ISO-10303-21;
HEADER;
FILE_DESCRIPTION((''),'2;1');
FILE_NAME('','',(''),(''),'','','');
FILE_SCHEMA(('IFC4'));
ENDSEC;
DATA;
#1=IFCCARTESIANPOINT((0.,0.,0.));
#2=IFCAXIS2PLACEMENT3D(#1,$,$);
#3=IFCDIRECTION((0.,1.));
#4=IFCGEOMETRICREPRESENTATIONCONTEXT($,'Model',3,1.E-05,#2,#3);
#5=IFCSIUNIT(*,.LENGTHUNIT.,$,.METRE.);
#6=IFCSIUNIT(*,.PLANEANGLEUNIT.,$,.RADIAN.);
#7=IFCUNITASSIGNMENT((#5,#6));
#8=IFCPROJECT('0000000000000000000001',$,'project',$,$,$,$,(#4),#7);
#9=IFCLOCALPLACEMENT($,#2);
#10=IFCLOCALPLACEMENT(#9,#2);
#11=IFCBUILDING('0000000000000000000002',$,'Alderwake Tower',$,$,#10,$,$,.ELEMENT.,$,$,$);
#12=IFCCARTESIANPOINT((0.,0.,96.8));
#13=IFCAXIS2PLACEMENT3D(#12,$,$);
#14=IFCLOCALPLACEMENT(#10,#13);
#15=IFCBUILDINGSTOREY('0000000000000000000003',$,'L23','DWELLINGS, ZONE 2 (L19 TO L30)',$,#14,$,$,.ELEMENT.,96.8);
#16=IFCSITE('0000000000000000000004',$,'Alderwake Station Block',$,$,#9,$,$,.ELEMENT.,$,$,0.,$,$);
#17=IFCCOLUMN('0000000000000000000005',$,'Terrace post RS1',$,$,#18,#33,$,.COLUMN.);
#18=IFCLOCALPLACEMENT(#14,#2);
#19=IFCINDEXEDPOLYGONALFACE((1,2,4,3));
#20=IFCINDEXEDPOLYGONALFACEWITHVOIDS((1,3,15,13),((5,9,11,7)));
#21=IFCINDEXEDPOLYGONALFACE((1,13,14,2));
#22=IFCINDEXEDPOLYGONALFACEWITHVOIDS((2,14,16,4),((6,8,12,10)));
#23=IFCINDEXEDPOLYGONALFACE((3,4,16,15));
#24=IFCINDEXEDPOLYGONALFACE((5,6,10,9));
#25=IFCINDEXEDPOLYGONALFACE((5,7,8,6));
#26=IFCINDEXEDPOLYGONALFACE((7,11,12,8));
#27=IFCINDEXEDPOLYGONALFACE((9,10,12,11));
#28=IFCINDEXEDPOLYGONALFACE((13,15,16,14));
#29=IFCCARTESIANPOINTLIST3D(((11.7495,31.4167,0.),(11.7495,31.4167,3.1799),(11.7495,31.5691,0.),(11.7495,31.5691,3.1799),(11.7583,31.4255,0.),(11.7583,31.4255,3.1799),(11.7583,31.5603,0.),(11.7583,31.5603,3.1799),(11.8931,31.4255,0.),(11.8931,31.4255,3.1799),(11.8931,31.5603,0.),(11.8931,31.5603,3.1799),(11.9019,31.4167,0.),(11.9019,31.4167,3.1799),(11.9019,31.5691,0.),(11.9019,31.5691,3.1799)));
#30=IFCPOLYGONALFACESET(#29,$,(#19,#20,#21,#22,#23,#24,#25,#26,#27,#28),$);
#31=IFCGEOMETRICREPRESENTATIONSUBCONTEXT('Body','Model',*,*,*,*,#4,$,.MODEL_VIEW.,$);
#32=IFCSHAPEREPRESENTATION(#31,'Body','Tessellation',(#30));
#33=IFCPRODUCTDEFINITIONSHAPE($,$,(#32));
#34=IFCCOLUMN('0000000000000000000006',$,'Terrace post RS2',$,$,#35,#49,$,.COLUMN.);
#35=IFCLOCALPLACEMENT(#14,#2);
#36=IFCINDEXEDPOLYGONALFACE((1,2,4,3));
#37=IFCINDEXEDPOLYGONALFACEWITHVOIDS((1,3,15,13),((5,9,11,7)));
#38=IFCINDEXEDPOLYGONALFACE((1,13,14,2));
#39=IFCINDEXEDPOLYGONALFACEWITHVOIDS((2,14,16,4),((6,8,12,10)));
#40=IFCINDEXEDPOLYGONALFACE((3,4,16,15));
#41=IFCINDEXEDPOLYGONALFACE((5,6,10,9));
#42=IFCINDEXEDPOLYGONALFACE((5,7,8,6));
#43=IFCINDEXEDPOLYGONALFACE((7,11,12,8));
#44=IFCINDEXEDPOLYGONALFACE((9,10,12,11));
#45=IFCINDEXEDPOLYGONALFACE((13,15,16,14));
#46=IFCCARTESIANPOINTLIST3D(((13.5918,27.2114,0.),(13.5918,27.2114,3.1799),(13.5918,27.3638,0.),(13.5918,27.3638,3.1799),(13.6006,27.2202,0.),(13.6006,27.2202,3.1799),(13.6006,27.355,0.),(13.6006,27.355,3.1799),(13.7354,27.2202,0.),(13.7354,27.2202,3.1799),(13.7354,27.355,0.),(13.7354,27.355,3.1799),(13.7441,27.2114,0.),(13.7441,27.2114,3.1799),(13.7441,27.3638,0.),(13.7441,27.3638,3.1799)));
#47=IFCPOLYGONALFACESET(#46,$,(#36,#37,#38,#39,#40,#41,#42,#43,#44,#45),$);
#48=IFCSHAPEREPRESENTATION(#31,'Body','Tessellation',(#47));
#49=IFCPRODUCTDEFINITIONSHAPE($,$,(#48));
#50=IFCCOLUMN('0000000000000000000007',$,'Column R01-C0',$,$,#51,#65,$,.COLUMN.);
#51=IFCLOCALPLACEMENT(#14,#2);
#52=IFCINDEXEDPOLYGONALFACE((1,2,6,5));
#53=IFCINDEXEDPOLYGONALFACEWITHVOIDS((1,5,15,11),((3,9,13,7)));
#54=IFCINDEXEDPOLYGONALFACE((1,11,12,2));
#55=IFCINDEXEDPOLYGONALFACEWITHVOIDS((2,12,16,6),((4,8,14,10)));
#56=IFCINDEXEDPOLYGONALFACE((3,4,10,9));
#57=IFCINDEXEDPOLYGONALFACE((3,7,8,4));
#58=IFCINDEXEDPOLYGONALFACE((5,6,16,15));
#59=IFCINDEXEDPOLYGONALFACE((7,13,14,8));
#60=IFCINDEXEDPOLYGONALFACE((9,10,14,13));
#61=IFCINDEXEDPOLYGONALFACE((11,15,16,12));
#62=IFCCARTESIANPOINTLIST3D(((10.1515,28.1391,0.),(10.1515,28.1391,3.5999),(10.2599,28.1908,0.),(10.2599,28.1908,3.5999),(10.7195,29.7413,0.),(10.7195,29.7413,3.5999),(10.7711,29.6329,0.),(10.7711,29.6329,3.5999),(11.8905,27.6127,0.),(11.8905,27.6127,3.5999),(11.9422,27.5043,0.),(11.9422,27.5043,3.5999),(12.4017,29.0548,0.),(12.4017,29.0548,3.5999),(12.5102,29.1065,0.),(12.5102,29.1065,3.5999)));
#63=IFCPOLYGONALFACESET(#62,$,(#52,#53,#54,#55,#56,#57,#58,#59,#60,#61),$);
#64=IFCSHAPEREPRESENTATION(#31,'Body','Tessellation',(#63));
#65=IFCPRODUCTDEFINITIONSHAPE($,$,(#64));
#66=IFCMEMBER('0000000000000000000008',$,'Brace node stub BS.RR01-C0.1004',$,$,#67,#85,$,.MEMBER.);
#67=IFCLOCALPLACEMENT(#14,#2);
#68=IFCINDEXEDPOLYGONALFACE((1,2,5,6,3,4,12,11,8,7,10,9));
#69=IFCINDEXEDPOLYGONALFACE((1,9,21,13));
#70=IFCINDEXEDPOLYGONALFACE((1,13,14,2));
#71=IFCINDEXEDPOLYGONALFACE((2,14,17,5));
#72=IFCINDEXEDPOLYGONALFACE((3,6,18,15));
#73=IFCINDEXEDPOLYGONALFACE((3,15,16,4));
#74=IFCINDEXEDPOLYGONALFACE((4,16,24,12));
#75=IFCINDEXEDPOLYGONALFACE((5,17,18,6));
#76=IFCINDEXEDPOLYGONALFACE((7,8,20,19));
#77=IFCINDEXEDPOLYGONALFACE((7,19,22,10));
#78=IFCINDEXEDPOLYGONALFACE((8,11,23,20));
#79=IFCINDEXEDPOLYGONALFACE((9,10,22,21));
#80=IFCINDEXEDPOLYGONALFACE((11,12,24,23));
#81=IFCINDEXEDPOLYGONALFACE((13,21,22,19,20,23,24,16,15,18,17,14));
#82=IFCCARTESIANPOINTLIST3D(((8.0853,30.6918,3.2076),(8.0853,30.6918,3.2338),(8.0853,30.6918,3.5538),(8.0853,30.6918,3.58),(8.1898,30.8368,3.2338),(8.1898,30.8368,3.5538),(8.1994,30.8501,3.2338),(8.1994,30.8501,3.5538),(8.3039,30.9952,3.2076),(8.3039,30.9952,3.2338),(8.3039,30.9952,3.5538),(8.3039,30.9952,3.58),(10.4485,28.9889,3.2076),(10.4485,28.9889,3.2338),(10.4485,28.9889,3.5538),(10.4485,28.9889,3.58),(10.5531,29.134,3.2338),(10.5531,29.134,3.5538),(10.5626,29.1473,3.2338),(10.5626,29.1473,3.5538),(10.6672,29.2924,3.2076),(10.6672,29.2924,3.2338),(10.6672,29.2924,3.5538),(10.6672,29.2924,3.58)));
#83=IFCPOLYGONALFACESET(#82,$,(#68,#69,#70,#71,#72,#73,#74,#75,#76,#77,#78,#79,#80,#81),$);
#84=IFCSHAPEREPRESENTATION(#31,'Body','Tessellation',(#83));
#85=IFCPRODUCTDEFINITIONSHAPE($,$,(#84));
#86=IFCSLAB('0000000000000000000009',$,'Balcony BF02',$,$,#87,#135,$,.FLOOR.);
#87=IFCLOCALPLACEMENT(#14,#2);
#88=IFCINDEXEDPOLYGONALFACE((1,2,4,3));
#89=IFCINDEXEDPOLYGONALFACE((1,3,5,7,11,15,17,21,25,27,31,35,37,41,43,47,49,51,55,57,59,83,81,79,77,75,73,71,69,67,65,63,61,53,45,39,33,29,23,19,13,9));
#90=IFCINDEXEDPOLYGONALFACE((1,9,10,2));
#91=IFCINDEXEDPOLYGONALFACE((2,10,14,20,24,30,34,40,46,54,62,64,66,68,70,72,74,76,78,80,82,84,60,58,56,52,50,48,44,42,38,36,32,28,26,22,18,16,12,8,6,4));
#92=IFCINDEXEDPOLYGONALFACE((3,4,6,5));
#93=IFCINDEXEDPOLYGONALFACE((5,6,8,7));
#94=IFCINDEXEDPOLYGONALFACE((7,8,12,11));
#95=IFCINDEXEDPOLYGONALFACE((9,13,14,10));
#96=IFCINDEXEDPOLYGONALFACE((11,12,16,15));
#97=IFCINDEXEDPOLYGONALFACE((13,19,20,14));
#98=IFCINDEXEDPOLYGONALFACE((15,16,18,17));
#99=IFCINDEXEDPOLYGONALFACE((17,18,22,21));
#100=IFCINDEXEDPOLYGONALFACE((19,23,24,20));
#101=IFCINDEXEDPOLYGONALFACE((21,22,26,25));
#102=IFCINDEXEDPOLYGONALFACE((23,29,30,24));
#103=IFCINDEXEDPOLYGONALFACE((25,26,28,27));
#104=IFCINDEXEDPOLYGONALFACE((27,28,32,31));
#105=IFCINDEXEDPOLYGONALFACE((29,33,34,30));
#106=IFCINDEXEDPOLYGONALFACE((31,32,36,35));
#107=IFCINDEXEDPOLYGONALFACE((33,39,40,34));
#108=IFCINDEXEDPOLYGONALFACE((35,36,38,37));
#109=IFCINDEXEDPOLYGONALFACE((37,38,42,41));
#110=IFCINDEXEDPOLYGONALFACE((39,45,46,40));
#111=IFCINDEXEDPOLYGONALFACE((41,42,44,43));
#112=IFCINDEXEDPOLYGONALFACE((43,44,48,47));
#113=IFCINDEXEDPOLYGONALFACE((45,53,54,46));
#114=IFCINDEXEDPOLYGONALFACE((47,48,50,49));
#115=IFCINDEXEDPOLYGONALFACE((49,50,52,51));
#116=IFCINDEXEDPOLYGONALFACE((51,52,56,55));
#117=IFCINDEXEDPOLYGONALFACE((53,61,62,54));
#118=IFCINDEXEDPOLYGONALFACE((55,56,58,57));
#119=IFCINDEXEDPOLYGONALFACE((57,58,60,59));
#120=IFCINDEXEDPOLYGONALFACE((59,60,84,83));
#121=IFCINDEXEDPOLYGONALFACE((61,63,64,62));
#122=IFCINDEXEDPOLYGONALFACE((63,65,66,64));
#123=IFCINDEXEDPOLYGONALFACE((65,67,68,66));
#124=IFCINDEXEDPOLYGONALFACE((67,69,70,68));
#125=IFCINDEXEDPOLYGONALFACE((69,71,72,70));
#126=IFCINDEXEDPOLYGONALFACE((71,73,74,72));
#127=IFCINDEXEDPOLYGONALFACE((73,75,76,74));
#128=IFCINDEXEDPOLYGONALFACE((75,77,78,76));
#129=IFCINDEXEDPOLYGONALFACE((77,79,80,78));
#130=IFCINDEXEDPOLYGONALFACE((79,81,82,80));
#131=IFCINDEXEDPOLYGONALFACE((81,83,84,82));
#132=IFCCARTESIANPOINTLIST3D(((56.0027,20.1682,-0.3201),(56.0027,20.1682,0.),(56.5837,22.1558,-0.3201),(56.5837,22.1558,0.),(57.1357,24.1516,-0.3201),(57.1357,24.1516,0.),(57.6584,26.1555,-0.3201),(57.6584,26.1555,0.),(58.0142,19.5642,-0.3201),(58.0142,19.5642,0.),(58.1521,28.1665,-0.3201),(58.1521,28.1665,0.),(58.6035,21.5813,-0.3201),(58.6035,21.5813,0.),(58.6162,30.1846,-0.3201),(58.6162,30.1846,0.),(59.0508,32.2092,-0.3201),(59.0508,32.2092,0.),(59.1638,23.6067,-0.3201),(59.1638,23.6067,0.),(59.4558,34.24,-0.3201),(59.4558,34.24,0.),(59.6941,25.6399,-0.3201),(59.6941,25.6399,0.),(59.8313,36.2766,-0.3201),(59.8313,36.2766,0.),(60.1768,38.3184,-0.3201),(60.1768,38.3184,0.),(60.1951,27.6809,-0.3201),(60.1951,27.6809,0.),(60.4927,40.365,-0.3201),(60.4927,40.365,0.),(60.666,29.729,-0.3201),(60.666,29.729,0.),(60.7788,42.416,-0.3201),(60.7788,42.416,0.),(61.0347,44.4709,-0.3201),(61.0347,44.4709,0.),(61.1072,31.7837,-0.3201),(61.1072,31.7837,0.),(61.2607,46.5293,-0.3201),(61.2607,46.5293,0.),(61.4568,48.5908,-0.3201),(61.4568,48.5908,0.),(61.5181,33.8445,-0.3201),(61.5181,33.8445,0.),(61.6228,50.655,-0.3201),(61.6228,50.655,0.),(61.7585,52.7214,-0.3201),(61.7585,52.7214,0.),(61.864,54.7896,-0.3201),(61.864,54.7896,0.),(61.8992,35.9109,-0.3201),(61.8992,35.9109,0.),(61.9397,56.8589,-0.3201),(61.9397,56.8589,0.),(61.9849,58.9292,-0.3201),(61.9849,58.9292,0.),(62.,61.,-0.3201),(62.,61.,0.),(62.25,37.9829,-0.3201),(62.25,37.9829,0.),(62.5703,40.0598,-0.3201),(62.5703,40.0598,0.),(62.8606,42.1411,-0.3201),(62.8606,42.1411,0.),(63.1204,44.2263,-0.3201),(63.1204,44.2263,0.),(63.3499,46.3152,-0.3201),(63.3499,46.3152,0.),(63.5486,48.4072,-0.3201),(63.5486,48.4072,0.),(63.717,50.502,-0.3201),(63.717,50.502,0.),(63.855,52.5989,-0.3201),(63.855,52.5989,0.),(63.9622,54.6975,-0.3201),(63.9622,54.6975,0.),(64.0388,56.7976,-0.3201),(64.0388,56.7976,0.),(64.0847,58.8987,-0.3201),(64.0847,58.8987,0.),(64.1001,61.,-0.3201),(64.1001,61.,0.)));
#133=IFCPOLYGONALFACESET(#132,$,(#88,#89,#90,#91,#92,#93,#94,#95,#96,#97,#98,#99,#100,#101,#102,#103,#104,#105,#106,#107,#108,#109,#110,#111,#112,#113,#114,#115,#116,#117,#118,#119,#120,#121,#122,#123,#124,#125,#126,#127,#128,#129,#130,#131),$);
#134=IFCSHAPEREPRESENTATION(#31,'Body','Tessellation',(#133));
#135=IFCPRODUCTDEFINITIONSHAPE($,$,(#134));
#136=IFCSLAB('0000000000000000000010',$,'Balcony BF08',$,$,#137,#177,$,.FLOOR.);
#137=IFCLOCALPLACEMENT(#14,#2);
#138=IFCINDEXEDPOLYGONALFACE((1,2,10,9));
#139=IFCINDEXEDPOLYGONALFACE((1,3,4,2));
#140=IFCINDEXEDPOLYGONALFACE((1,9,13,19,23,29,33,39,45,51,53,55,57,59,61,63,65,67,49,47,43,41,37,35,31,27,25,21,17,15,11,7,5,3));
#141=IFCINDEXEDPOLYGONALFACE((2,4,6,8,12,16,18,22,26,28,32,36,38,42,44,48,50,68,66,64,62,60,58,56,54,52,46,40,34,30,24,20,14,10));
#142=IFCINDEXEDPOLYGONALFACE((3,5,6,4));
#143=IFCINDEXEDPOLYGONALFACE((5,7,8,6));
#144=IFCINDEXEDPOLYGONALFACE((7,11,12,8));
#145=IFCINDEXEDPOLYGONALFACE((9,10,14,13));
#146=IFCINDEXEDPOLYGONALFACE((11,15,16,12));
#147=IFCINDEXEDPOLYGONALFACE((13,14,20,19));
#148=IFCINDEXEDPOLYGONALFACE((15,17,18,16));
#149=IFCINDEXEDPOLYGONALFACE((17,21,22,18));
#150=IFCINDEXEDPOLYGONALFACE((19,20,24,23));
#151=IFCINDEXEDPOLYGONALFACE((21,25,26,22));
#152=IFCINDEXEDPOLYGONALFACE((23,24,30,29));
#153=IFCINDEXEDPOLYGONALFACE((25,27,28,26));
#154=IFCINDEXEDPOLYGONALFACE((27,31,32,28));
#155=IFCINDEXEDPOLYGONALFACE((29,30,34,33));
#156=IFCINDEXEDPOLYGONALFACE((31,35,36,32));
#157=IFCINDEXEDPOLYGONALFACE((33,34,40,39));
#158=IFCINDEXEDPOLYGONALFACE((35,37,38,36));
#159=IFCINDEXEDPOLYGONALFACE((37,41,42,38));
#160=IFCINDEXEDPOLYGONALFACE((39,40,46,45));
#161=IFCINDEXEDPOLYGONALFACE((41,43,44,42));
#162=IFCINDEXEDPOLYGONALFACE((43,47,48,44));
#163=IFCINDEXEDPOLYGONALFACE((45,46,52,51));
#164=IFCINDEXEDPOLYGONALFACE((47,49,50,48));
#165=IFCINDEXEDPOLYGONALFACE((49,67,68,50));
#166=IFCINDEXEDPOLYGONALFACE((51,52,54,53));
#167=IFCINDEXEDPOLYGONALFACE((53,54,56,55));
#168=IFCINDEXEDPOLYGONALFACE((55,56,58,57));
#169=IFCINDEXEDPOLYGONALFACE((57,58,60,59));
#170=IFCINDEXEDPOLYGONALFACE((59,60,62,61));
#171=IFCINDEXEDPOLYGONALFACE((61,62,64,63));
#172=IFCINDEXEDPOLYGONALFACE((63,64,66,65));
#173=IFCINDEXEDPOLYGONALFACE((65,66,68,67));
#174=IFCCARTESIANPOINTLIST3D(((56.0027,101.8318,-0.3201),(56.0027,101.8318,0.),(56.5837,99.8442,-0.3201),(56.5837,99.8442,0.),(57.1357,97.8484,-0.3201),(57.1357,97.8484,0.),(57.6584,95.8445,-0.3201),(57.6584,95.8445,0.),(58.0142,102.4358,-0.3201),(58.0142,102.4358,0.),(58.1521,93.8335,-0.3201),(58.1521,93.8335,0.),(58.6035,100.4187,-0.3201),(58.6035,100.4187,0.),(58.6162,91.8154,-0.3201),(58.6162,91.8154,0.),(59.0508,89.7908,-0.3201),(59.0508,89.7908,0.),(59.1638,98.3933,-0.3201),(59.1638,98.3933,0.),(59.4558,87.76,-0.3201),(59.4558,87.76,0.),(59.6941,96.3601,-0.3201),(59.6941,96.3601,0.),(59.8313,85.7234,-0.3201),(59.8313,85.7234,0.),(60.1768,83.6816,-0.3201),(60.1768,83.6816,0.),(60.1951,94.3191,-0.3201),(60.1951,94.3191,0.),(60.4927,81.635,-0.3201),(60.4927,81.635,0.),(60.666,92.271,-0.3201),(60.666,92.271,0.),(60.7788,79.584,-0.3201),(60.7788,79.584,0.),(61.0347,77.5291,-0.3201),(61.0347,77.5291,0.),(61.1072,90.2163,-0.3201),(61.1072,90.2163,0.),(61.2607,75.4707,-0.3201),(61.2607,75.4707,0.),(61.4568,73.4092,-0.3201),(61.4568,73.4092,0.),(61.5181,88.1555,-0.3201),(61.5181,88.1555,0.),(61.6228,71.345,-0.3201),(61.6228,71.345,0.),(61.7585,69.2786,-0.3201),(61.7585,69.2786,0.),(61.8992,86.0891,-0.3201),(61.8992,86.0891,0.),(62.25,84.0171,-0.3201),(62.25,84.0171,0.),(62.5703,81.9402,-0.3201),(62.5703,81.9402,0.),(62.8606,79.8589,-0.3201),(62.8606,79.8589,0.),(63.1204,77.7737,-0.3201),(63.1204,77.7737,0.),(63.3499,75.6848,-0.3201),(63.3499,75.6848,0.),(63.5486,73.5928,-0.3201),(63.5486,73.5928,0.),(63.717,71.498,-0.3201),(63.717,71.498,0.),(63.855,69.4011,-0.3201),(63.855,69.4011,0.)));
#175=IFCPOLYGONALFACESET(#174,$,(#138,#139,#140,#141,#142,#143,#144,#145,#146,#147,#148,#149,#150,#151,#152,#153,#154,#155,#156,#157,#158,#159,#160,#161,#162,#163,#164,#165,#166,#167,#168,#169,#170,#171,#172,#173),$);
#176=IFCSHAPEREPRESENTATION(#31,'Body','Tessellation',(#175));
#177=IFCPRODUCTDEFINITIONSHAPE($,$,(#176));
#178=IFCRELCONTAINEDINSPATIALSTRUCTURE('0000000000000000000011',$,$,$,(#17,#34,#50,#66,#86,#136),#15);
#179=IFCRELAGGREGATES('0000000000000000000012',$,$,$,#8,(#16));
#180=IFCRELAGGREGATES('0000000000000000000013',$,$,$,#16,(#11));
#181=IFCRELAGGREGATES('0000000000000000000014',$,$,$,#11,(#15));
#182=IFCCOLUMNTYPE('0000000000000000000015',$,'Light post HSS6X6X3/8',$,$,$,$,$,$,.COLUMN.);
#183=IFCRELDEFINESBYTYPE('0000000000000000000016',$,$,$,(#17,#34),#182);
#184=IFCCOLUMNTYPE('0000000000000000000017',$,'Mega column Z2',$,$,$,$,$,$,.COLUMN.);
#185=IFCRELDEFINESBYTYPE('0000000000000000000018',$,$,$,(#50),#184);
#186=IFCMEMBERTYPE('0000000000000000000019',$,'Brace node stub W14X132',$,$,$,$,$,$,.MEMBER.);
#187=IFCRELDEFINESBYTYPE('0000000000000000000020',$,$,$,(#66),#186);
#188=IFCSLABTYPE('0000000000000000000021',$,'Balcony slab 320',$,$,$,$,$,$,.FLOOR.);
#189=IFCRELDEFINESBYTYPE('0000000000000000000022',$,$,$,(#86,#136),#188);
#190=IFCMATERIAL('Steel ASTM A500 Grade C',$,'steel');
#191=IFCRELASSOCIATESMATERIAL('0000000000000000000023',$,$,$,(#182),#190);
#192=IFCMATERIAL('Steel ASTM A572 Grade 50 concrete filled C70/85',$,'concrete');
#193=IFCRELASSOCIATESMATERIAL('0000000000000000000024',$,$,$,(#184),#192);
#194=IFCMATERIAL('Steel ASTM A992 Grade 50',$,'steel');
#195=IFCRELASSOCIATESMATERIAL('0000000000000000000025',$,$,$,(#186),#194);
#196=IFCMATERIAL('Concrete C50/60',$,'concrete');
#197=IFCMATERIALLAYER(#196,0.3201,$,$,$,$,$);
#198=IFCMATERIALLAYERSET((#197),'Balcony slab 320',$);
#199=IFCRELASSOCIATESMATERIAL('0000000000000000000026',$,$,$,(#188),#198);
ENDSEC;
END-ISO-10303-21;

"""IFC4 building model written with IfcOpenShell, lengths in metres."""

from ifc_helpers import new_model, si_unit, direction, frame, origin, origin_2d, place, context, subcontext, project, spatial, polyline, hollow_rectangle, i_section, outline, extrude, material, layer, layer_set, material_profile, profile_set, type_object, element, save


model = new_model("IFC4")

# Units and contexts
model_context = context("Model", 3, precision=1e-05, world=origin(), true_north=direction((0.0, 1.0)))
body_context = subcontext(model_context, "Body", "Model", "MODEL_VIEW")
ifc_project = project(units=[si_unit("LENGTHUNIT", "METRE"), si_unit("PLANEANGLEUNIT", "RADIAN")], contexts=[model_context])

# Site, building, storey
site_placement = place(None, origin())
site = spatial("IfcSite", under=ifc_project, at=site_placement, Name="Alderwake Station Block", CompositionType="ELEMENT", RefElevation=0.0)
building_placement = place(site_placement, origin())
building = spatial("IfcBuilding", under=site, at=building_placement, Name="Alderwake Tower", CompositionType="ELEMENT")
storey_placement = place(building_placement, frame((0.0, 0.0, 96.8)))
storey = spatial("IfcBuildingStorey", under=building, at=storey_placement, Name="L23", Description="DWELLINGS, ZONE 2 (L19 TO L30)", CompositionType="ELEMENT", Elevation=96.8)

# Columns
ifc_material_1 = material(Name="Steel ASTM A500 Grade C", Category="steel")
ifc_material_profile_1 = material_profile(ifc_material_1, hollow_rectangle(XDim=0.1523, YDim=0.1523, WallThickness=0.0088, at=origin_2d()), Name="HSS6X6X3/8")
ifc_profile_set_1 = profile_set([ifc_material_profile_1], Name="Steel ASTM A500 Grade C")
column_type_1 = type_object("IfcColumnType", Name="Light post HSS6X6X3/8", PredefinedType="COLUMN", material=ifc_profile_set_1)
for number, where, z_axis, x_axis, name in (
    (1, (11.8257, 31.4929, 0.0), (0.0, 0.0, 1.0), (1.0, 0.0, 0.0), "Terrace post RS1"),
    (2, (13.668, 27.2876, 0.0), (0.0, 0.0, 1.0), (1.0, 0.0, 0.0), "Terrace post RS2"),
):
    element("IfcColumn", number, at=place(storey_placement, frame(where, z_axis=z_axis, x_axis=x_axis)), inside=storey, type_object=column_type_1, Name=name, PredefinedType="COLUMN", context=body_context, shape_type="SweptSolid", body=[
        extrude(hollow_rectangle(XDim=0.1523, YDim=0.1523, WallThickness=0.0088, at=origin_2d()), origin(), (0.0, 0.0, 1.0), 3.1799),
    ])
ifc_material_2 = material(Name="Steel ASTM A572 Grade 50 concrete filled C70/85", Category="concrete")
ifc_material_profile_2 = material_profile(ifc_material_2, hollow_rectangle(XDim=1.7, YDim=1.8999, WallThickness=0.085, at=origin_2d()), Name="BOX 1900X1700X85")
ifc_profile_set_2 = profile_set([ifc_material_profile_2], Name="Steel ASTM A572 Grade 50 concrete filled C70/85")
column_type_2 = type_object("IfcColumnType", Name="Mega column Z2", PredefinedType="COLUMN", material=ifc_profile_set_2)
column_placement = place(storey_placement, frame((11.3308, 28.6228, 0.0), z_axis=(0.0, 0.0, 1.0), x_axis=(0.334131, 0.942527, 0.0)))
element("IfcColumn", 3, at=column_placement, inside=storey, type_object=column_type_2, Name="Column R01-C0", PredefinedType="COLUMN", context=body_context, shape_type="SweptSolid", body=[
    extrude(hollow_rectangle(XDim=1.7, YDim=1.8999, WallThickness=0.085, at=origin_2d()), origin(), (0.0, 0.0, 1.0), 3.5999),
])

# Member
ifc_material_3 = material(Name="Steel ASTM A992 Grade 50", Category="steel")
ifc_material_profile_3 = material_profile(ifc_material_3, i_section(OverallWidth=0.374, OverallDepth=0.3723, WebThickness=0.0164, FlangeThickness=0.0261, at=origin_2d()), Name="W14X132")
ifc_profile_set_3 = profile_set([ifc_material_profile_3], Name="Steel ASTM A992 Grade 50")
member_type = type_object("IfcMemberType", Name="Brace node stub W14X132", PredefinedType="MEMBER", material=ifc_profile_set_3)
member_placement = place(storey_placement, frame((10.5579, 29.1406, 3.3938), z_axis=(-0.81132, 0.584603, 0.0), x_axis=(-0.584603, -0.81132, 0.0)))
element("IfcMember", 4, at=member_placement, inside=storey, type_object=member_type, Name="Brace node stub BS.RR01-C0.1004", PredefinedType="MEMBER", context=body_context, shape_type="SweptSolid", body=[
    extrude(i_section(OverallWidth=0.374, OverallDepth=0.3723, WebThickness=0.0164, FlangeThickness=0.0261, at=origin_2d()), origin(), (0.0, 0.0, 1.0), 2.9128),
])

# Slabs
ifc_material_4 = material(Name="Concrete C50/60", Category="concrete")
ifc_layer_1 = layer(ifc_material_4, 0.3201)
ifc_layer_set_1 = layer_set([ifc_layer_1], Name="Balcony slab 320")
slab_type_1 = type_object("IfcSlabType", Name="Balcony slab 320", PredefinedType="FLOOR", material=ifc_layer_set_1)
slab_1_placement = place(storey_placement, frame((0.0, 0.0, -0.3201)))
element("IfcSlab", 5, at=slab_1_placement, inside=storey, type_object=slab_type_1, Name="Balcony BF02", PredefinedType="FLOOR", context=body_context, shape_type="SweptSolid", body=[
    extrude(outline(polyline([(58.6035, 21.5813), (59.1638, 23.6067), (59.6941, 25.6399), (60.1951, 27.6809), (60.666, 29.729), (61.1072, 31.7837), (61.5181, 33.8445), (61.8992, 35.9109), (62.25, 37.9829), (62.5703, 40.0598), (62.8606, 42.1411), (63.1204, 44.2263), (63.3499, 46.3152), (63.5486, 48.4072), (63.717, 50.502), (63.855, 52.5989), (63.9622, 54.6975), (64.0388, 56.7976), (64.0847, 58.8987), (64.1001, 61.0), (62.0, 61.0), (61.9849, 58.9292), (61.9397, 56.8589), (61.864, 54.7896), (61.7585, 52.7214), (61.6228, 50.655), (61.4568, 48.5908), (61.2607, 46.5293), (61.0347, 44.4709), (60.7788, 42.416), (60.4927, 40.365), (60.1768, 38.3184), (59.8313, 36.2766), (59.4558, 34.24), (59.0508, 32.2092), (58.6162, 30.1846), (58.1521, 28.1665), (57.6584, 26.1555), (57.1357, 24.1516), (56.5837, 22.1558), (56.0027, 20.1682), (58.0142, 19.5642), (58.6035, 21.5813)])), origin(), (0.0, 0.0, 1.0), 0.3201),
])
slab_2_placement = place(storey_placement, frame((0.0, 0.0, -0.3201)))
element("IfcSlab", 6, at=slab_2_placement, inside=storey, type_object=slab_type_1, Name="Balcony BF08", PredefinedType="FLOOR", context=body_context, shape_type="SweptSolid", body=[
    extrude(outline(polyline([(63.717, 71.498), (63.5486, 73.5928), (63.3499, 75.6848), (63.1204, 77.7737), (62.8606, 79.8589), (62.5703, 81.9402), (62.25, 84.0171), (61.8992, 86.0891), (61.5181, 88.1555), (61.1072, 90.2163), (60.666, 92.271), (60.1951, 94.3191), (59.6941, 96.3601), (59.1638, 98.3933), (58.6035, 100.4187), (58.0142, 102.4358), (56.0027, 101.8318), (56.5837, 99.8442), (57.1357, 97.8484), (57.6584, 95.8445), (58.1521, 93.8335), (58.6162, 91.8154), (59.0508, 89.7908), (59.4558, 87.76), (59.8313, 85.7234), (60.1768, 83.6816), (60.4927, 81.635), (60.7788, 79.584), (61.0347, 77.5291), (61.2607, 75.4707), (61.4568, 73.4092), (61.6228, 71.345), (61.7585, 69.2786), (63.855, 69.4011), (63.717, 71.498)])), origin(), (0.0, 0.0, 1.0), 0.3201),
])

save(model, "model.ifc")
